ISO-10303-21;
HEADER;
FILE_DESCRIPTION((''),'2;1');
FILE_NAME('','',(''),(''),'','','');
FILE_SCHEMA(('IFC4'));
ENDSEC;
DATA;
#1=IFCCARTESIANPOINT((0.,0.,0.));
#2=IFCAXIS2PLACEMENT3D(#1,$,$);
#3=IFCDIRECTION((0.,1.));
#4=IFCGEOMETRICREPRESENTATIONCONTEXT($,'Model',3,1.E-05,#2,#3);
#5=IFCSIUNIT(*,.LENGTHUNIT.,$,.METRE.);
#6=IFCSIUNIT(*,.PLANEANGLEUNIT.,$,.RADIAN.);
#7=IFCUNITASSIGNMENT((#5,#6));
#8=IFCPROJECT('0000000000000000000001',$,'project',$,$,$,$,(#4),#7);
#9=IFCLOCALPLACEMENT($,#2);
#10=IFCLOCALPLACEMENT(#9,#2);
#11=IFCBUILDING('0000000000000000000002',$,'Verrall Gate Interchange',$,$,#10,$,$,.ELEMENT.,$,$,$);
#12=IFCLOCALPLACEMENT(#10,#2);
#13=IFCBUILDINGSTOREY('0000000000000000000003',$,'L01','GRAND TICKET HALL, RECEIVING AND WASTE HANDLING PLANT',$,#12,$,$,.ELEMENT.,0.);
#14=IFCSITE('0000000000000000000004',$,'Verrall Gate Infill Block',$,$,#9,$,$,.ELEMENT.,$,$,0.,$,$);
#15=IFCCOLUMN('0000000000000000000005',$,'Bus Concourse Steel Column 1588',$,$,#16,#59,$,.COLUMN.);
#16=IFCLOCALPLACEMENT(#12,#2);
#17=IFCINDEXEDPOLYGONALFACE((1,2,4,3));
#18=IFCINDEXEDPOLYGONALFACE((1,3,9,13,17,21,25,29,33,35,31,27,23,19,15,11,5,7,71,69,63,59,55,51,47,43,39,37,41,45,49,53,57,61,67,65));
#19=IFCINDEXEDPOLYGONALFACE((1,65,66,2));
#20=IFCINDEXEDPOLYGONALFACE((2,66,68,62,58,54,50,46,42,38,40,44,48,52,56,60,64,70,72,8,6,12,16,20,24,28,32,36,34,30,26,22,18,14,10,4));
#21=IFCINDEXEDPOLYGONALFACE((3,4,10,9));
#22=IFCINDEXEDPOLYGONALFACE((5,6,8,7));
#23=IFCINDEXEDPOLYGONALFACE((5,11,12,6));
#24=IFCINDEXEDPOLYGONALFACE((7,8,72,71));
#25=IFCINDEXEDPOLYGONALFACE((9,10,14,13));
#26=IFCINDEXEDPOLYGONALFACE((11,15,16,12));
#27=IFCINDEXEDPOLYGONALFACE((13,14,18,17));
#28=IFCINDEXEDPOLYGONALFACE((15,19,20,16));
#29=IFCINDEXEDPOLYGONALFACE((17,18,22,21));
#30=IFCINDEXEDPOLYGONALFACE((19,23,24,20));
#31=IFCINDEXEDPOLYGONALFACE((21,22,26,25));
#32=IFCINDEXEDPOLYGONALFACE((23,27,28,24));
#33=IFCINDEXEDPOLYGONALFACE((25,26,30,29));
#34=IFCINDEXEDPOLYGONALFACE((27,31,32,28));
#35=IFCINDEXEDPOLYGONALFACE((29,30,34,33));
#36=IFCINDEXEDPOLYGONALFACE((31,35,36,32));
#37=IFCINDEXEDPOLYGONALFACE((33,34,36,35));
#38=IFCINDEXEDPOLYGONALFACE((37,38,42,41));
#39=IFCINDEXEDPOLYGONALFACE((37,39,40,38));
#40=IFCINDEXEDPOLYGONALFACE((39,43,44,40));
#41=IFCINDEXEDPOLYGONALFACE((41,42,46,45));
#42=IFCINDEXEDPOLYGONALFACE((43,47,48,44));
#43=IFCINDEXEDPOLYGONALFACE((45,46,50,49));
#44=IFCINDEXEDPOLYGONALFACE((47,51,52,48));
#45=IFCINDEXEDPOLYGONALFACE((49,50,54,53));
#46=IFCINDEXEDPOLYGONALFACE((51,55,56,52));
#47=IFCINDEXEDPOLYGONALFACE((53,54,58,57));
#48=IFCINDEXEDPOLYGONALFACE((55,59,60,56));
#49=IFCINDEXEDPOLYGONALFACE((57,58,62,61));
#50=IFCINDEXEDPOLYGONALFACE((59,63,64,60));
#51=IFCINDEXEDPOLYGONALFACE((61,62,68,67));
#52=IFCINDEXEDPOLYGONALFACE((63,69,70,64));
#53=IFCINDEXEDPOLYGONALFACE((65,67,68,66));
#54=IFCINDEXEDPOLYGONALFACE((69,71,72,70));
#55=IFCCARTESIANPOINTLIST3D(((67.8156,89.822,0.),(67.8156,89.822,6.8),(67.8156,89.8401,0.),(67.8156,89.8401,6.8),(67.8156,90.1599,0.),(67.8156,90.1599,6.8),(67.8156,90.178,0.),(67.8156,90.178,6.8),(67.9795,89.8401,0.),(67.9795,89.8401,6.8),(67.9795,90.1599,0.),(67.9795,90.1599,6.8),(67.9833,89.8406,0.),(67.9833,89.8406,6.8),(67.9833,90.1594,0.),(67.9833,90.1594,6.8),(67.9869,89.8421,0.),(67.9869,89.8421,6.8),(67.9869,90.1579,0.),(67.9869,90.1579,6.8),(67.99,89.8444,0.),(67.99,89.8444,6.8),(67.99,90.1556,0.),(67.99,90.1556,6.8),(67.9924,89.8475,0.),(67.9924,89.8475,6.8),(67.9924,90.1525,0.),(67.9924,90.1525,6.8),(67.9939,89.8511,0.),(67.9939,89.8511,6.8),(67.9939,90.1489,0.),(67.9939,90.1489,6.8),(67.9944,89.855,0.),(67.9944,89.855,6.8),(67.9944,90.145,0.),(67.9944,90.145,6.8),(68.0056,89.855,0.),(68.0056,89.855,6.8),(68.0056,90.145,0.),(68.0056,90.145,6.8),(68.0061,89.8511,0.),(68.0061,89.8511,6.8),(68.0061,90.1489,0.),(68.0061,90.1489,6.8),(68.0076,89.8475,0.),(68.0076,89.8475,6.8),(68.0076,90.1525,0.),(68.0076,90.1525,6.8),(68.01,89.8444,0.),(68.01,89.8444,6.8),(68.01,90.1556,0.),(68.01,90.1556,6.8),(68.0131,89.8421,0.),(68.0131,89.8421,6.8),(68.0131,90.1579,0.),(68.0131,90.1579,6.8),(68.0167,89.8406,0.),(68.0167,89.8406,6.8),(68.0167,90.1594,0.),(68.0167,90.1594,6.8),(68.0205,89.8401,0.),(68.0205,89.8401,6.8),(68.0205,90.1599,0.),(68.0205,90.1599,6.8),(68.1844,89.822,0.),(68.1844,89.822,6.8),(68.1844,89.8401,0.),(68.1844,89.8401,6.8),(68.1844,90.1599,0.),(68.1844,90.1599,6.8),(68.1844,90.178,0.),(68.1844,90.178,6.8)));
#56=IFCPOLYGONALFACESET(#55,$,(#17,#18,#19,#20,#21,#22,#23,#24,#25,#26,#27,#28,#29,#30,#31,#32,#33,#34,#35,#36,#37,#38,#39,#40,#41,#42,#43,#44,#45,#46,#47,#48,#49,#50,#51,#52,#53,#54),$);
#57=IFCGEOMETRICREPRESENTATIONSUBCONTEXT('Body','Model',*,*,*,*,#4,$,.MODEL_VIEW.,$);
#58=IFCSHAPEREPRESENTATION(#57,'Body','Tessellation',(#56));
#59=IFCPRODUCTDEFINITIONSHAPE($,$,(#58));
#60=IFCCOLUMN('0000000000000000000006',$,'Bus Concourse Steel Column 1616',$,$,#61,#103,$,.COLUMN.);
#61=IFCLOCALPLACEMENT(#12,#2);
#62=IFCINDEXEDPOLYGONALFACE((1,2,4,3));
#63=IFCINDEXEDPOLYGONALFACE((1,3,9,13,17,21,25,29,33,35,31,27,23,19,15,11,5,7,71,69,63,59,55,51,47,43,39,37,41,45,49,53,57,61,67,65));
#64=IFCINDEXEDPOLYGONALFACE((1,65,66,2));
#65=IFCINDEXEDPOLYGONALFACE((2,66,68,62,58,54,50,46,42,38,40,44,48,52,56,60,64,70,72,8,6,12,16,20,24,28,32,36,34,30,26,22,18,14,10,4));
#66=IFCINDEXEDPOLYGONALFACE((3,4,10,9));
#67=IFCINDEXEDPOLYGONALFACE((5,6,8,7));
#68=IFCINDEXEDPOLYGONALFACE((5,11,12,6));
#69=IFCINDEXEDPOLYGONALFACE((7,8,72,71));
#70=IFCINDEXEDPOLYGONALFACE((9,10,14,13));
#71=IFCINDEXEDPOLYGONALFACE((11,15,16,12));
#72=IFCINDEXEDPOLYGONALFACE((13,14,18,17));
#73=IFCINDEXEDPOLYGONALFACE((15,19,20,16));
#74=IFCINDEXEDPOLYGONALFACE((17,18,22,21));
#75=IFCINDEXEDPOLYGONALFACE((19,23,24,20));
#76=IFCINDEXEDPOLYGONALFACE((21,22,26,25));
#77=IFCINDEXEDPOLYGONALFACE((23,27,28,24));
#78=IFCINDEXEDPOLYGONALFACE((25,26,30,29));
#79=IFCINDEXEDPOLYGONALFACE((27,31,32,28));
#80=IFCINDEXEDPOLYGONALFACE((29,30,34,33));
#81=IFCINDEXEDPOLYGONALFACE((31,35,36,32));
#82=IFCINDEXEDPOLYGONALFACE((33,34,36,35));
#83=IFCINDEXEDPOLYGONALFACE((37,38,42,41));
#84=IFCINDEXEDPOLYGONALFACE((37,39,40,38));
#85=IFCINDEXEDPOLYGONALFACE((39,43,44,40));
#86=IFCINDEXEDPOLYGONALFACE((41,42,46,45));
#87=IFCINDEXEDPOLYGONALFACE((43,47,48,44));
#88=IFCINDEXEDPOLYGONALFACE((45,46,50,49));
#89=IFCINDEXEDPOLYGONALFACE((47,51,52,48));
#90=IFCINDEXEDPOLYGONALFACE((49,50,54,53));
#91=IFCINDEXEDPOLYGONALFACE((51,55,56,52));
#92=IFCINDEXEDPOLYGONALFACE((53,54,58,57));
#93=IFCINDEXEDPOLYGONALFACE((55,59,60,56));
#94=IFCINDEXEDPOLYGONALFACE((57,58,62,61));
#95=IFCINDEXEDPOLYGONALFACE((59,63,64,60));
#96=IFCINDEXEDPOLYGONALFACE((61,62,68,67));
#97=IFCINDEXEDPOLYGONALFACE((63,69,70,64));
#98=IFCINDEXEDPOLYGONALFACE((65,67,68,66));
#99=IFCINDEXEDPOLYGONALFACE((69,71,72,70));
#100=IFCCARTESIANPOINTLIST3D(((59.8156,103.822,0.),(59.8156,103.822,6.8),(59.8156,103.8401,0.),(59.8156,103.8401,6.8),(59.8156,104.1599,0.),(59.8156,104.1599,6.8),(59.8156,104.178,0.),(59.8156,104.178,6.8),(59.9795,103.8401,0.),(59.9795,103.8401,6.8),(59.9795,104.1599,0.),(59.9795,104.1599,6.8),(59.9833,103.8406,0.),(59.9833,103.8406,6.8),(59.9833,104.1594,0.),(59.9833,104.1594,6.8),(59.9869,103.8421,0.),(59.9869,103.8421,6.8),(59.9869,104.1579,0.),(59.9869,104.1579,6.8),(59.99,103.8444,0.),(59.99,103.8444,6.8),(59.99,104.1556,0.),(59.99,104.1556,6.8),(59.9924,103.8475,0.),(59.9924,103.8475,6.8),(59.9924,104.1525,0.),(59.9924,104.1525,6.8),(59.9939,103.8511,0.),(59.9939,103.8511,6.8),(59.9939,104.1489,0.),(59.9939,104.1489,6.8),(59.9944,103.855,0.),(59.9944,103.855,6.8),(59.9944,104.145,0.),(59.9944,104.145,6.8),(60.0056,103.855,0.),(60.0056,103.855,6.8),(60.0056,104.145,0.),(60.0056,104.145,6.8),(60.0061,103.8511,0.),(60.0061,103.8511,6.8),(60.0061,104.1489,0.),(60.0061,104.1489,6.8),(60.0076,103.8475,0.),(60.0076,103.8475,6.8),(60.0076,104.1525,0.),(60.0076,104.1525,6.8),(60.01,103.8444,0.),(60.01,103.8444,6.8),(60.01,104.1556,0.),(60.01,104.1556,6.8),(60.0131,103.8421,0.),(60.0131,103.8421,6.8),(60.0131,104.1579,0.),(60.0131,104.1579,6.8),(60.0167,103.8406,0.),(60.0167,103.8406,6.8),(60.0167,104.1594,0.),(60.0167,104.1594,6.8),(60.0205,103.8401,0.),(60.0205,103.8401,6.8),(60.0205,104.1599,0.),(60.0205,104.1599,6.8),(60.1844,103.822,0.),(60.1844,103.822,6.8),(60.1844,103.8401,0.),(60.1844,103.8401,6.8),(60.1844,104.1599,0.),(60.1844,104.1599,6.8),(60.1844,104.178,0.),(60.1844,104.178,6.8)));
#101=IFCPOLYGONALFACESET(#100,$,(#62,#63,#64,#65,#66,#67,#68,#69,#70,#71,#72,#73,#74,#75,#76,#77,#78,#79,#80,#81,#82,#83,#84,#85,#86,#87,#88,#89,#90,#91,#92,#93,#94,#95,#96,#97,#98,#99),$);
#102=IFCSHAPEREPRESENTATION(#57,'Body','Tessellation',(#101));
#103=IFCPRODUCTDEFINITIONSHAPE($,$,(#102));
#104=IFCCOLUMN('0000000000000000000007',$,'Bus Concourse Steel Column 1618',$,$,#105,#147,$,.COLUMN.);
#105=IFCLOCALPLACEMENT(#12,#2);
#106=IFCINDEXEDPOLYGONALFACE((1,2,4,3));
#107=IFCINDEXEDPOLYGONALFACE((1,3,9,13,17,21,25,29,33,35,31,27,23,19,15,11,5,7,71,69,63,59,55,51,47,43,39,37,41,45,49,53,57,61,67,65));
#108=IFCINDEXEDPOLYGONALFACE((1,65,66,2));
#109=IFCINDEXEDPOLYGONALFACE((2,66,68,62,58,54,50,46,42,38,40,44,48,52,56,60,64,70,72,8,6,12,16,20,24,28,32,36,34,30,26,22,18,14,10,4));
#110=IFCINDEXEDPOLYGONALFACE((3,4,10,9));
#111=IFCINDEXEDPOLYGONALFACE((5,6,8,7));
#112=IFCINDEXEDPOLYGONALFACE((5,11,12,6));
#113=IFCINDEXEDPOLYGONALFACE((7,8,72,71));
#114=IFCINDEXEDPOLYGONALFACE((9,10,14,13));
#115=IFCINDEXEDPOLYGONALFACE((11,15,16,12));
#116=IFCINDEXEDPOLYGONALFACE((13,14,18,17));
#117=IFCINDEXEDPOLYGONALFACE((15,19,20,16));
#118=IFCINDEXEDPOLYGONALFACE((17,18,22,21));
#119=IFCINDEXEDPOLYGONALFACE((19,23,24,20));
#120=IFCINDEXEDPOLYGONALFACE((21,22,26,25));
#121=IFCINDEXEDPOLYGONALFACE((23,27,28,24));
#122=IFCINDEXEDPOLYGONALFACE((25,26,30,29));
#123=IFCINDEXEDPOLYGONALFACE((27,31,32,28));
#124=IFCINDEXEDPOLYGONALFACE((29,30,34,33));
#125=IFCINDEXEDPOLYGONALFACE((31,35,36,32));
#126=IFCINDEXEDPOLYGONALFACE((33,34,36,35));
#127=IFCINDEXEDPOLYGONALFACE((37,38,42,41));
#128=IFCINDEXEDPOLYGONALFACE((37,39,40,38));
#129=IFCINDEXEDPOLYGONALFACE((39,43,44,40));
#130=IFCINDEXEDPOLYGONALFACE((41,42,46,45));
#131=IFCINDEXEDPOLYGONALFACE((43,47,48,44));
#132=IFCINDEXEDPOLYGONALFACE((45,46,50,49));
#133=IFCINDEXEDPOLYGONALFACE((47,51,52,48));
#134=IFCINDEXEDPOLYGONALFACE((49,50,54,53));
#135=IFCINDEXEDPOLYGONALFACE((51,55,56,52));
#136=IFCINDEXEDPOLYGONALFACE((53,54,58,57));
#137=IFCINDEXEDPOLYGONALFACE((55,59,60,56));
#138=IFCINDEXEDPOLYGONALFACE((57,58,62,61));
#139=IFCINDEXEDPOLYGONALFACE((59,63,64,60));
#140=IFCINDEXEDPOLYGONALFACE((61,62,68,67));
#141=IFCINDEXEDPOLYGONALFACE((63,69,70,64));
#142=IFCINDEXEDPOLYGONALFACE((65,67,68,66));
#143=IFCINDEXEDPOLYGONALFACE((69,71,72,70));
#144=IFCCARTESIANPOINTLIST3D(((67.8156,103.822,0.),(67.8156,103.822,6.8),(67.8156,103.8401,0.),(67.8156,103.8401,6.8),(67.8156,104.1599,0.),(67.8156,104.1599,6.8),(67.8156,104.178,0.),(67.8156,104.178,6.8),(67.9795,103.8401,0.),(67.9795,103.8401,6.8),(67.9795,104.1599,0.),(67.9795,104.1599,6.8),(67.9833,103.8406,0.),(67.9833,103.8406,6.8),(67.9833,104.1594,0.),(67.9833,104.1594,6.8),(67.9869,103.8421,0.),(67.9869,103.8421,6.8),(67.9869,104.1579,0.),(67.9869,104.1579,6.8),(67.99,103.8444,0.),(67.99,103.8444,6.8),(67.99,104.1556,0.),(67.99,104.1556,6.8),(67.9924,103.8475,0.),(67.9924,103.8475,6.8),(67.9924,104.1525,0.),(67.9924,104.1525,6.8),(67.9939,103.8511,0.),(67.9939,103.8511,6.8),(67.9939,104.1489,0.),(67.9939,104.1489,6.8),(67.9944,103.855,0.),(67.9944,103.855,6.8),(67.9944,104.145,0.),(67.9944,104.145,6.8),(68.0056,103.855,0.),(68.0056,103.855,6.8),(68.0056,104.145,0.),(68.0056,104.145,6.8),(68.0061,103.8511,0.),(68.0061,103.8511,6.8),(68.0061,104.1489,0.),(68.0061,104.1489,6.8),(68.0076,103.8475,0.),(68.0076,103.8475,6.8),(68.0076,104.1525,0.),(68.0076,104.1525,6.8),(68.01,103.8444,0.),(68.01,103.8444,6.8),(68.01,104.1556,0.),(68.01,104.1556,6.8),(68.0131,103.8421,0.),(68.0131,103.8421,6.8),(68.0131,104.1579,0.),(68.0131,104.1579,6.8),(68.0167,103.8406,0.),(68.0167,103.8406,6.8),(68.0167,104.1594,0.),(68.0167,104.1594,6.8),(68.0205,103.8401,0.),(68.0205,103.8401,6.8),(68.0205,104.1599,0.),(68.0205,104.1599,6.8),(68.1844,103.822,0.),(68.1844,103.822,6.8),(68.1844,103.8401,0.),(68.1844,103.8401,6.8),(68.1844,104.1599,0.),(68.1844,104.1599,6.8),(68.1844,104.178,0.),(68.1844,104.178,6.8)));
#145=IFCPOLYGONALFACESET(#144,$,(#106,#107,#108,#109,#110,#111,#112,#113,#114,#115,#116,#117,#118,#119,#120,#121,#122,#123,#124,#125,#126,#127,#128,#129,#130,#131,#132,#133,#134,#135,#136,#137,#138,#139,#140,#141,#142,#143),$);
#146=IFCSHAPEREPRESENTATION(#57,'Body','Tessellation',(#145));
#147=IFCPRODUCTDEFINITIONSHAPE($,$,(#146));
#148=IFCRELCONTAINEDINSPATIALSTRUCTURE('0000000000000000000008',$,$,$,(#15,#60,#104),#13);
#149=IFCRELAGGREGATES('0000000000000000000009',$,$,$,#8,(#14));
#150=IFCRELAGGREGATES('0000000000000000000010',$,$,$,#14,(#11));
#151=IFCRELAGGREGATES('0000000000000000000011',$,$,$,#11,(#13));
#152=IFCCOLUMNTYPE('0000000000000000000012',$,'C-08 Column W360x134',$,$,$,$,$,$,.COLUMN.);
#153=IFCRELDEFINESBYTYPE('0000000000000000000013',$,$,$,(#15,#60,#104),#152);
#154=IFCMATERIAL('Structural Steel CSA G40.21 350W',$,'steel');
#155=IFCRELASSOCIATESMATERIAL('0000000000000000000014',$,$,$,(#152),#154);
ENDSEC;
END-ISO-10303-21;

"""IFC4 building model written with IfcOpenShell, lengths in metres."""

from ifc_helpers import new_model, si_unit, direction, frame, origin, origin_2d, place, context, subcontext, project, spatial, i_section, extrude, material, material_profile, profile_set, type_object, element, save


model = new_model("IFC4")

# Units and contexts
model_context = context("Model", 3, precision=1e-05, world=origin(), true_north=direction((0.0, 1.0)))
body_context = subcontext(model_context, "Body", "Model", "MODEL_VIEW")
ifc_project = project(units=[si_unit("LENGTHUNIT", "METRE"), si_unit("PLANEANGLEUNIT", "RADIAN")], contexts=[model_context])

# Site, building, storey
site_placement = place(None, origin())
site = spatial("IfcSite", under=ifc_project, at=site_placement, Name="Verrall Gate Infill Block", CompositionType="ELEMENT", RefElevation=0.0)
building_placement = place(site_placement, origin())
building = spatial("IfcBuilding", under=site, at=building_placement, Name="Verrall Gate Interchange", CompositionType="ELEMENT")
storey_placement = place(building_placement, origin())
storey = spatial("IfcBuildingStorey", under=building, at=storey_placement, Name="L01", Description="GRAND TICKET HALL, RECEIVING AND WASTE HANDLING PLANT", CompositionType="ELEMENT", Elevation=0.0)

# Columns
ifc_material_1 = material(Name="Structural Steel CSA G40.21 350W", Category="steel")
ifc_material_profile_1 = material_profile(ifc_material_1, i_section(OverallWidth=0.3689, OverallDepth=0.356, WebThickness=0.0112, FlangeThickness=0.0181, FilletRadius=0.0149, at=origin_2d()), Name="W360x134")
ifc_profile_set_1 = profile_set([ifc_material_profile_1], Name="Structural Steel CSA G40.21 350W")
column_type = type_object("IfcColumnType", Name="C-08 Column W360x134", PredefinedType="COLUMN", material=ifc_profile_set_1)
for number, where, z_axis, x_axis, name in (
    (1, (68.0, 90.0, 0.0), (0.0, 0.0, 1.0), (1.0, 0.0, 0.0), "Bus Concourse Steel Column 1588"),
    (2, (60.0, 104.0, 0.0), (0.0, 0.0, 1.0), (1.0, 0.0, 0.0), "Bus Concourse Steel Column 1616"),
    (3, (68.0, 104.0, 0.0), (0.0, 0.0, 1.0), (1.0, 0.0, 0.0), "Bus Concourse Steel Column 1618"),
):
    element("IfcColumn", number, at=place(storey_placement, frame(where, z_axis=z_axis, x_axis=x_axis)), inside=storey, type_object=column_type, Name=name, PredefinedType="COLUMN", context=body_context, shape_type="SweptSolid", body=[
        extrude(i_section(OverallWidth=0.3689, OverallDepth=0.356, WebThickness=0.0112, FlangeThickness=0.0181, FilletRadius=0.0149, at=origin_2d()), origin(), (0.0, 0.0, 1.0), 6.8),
    ])

save(model, "model.ifc")
